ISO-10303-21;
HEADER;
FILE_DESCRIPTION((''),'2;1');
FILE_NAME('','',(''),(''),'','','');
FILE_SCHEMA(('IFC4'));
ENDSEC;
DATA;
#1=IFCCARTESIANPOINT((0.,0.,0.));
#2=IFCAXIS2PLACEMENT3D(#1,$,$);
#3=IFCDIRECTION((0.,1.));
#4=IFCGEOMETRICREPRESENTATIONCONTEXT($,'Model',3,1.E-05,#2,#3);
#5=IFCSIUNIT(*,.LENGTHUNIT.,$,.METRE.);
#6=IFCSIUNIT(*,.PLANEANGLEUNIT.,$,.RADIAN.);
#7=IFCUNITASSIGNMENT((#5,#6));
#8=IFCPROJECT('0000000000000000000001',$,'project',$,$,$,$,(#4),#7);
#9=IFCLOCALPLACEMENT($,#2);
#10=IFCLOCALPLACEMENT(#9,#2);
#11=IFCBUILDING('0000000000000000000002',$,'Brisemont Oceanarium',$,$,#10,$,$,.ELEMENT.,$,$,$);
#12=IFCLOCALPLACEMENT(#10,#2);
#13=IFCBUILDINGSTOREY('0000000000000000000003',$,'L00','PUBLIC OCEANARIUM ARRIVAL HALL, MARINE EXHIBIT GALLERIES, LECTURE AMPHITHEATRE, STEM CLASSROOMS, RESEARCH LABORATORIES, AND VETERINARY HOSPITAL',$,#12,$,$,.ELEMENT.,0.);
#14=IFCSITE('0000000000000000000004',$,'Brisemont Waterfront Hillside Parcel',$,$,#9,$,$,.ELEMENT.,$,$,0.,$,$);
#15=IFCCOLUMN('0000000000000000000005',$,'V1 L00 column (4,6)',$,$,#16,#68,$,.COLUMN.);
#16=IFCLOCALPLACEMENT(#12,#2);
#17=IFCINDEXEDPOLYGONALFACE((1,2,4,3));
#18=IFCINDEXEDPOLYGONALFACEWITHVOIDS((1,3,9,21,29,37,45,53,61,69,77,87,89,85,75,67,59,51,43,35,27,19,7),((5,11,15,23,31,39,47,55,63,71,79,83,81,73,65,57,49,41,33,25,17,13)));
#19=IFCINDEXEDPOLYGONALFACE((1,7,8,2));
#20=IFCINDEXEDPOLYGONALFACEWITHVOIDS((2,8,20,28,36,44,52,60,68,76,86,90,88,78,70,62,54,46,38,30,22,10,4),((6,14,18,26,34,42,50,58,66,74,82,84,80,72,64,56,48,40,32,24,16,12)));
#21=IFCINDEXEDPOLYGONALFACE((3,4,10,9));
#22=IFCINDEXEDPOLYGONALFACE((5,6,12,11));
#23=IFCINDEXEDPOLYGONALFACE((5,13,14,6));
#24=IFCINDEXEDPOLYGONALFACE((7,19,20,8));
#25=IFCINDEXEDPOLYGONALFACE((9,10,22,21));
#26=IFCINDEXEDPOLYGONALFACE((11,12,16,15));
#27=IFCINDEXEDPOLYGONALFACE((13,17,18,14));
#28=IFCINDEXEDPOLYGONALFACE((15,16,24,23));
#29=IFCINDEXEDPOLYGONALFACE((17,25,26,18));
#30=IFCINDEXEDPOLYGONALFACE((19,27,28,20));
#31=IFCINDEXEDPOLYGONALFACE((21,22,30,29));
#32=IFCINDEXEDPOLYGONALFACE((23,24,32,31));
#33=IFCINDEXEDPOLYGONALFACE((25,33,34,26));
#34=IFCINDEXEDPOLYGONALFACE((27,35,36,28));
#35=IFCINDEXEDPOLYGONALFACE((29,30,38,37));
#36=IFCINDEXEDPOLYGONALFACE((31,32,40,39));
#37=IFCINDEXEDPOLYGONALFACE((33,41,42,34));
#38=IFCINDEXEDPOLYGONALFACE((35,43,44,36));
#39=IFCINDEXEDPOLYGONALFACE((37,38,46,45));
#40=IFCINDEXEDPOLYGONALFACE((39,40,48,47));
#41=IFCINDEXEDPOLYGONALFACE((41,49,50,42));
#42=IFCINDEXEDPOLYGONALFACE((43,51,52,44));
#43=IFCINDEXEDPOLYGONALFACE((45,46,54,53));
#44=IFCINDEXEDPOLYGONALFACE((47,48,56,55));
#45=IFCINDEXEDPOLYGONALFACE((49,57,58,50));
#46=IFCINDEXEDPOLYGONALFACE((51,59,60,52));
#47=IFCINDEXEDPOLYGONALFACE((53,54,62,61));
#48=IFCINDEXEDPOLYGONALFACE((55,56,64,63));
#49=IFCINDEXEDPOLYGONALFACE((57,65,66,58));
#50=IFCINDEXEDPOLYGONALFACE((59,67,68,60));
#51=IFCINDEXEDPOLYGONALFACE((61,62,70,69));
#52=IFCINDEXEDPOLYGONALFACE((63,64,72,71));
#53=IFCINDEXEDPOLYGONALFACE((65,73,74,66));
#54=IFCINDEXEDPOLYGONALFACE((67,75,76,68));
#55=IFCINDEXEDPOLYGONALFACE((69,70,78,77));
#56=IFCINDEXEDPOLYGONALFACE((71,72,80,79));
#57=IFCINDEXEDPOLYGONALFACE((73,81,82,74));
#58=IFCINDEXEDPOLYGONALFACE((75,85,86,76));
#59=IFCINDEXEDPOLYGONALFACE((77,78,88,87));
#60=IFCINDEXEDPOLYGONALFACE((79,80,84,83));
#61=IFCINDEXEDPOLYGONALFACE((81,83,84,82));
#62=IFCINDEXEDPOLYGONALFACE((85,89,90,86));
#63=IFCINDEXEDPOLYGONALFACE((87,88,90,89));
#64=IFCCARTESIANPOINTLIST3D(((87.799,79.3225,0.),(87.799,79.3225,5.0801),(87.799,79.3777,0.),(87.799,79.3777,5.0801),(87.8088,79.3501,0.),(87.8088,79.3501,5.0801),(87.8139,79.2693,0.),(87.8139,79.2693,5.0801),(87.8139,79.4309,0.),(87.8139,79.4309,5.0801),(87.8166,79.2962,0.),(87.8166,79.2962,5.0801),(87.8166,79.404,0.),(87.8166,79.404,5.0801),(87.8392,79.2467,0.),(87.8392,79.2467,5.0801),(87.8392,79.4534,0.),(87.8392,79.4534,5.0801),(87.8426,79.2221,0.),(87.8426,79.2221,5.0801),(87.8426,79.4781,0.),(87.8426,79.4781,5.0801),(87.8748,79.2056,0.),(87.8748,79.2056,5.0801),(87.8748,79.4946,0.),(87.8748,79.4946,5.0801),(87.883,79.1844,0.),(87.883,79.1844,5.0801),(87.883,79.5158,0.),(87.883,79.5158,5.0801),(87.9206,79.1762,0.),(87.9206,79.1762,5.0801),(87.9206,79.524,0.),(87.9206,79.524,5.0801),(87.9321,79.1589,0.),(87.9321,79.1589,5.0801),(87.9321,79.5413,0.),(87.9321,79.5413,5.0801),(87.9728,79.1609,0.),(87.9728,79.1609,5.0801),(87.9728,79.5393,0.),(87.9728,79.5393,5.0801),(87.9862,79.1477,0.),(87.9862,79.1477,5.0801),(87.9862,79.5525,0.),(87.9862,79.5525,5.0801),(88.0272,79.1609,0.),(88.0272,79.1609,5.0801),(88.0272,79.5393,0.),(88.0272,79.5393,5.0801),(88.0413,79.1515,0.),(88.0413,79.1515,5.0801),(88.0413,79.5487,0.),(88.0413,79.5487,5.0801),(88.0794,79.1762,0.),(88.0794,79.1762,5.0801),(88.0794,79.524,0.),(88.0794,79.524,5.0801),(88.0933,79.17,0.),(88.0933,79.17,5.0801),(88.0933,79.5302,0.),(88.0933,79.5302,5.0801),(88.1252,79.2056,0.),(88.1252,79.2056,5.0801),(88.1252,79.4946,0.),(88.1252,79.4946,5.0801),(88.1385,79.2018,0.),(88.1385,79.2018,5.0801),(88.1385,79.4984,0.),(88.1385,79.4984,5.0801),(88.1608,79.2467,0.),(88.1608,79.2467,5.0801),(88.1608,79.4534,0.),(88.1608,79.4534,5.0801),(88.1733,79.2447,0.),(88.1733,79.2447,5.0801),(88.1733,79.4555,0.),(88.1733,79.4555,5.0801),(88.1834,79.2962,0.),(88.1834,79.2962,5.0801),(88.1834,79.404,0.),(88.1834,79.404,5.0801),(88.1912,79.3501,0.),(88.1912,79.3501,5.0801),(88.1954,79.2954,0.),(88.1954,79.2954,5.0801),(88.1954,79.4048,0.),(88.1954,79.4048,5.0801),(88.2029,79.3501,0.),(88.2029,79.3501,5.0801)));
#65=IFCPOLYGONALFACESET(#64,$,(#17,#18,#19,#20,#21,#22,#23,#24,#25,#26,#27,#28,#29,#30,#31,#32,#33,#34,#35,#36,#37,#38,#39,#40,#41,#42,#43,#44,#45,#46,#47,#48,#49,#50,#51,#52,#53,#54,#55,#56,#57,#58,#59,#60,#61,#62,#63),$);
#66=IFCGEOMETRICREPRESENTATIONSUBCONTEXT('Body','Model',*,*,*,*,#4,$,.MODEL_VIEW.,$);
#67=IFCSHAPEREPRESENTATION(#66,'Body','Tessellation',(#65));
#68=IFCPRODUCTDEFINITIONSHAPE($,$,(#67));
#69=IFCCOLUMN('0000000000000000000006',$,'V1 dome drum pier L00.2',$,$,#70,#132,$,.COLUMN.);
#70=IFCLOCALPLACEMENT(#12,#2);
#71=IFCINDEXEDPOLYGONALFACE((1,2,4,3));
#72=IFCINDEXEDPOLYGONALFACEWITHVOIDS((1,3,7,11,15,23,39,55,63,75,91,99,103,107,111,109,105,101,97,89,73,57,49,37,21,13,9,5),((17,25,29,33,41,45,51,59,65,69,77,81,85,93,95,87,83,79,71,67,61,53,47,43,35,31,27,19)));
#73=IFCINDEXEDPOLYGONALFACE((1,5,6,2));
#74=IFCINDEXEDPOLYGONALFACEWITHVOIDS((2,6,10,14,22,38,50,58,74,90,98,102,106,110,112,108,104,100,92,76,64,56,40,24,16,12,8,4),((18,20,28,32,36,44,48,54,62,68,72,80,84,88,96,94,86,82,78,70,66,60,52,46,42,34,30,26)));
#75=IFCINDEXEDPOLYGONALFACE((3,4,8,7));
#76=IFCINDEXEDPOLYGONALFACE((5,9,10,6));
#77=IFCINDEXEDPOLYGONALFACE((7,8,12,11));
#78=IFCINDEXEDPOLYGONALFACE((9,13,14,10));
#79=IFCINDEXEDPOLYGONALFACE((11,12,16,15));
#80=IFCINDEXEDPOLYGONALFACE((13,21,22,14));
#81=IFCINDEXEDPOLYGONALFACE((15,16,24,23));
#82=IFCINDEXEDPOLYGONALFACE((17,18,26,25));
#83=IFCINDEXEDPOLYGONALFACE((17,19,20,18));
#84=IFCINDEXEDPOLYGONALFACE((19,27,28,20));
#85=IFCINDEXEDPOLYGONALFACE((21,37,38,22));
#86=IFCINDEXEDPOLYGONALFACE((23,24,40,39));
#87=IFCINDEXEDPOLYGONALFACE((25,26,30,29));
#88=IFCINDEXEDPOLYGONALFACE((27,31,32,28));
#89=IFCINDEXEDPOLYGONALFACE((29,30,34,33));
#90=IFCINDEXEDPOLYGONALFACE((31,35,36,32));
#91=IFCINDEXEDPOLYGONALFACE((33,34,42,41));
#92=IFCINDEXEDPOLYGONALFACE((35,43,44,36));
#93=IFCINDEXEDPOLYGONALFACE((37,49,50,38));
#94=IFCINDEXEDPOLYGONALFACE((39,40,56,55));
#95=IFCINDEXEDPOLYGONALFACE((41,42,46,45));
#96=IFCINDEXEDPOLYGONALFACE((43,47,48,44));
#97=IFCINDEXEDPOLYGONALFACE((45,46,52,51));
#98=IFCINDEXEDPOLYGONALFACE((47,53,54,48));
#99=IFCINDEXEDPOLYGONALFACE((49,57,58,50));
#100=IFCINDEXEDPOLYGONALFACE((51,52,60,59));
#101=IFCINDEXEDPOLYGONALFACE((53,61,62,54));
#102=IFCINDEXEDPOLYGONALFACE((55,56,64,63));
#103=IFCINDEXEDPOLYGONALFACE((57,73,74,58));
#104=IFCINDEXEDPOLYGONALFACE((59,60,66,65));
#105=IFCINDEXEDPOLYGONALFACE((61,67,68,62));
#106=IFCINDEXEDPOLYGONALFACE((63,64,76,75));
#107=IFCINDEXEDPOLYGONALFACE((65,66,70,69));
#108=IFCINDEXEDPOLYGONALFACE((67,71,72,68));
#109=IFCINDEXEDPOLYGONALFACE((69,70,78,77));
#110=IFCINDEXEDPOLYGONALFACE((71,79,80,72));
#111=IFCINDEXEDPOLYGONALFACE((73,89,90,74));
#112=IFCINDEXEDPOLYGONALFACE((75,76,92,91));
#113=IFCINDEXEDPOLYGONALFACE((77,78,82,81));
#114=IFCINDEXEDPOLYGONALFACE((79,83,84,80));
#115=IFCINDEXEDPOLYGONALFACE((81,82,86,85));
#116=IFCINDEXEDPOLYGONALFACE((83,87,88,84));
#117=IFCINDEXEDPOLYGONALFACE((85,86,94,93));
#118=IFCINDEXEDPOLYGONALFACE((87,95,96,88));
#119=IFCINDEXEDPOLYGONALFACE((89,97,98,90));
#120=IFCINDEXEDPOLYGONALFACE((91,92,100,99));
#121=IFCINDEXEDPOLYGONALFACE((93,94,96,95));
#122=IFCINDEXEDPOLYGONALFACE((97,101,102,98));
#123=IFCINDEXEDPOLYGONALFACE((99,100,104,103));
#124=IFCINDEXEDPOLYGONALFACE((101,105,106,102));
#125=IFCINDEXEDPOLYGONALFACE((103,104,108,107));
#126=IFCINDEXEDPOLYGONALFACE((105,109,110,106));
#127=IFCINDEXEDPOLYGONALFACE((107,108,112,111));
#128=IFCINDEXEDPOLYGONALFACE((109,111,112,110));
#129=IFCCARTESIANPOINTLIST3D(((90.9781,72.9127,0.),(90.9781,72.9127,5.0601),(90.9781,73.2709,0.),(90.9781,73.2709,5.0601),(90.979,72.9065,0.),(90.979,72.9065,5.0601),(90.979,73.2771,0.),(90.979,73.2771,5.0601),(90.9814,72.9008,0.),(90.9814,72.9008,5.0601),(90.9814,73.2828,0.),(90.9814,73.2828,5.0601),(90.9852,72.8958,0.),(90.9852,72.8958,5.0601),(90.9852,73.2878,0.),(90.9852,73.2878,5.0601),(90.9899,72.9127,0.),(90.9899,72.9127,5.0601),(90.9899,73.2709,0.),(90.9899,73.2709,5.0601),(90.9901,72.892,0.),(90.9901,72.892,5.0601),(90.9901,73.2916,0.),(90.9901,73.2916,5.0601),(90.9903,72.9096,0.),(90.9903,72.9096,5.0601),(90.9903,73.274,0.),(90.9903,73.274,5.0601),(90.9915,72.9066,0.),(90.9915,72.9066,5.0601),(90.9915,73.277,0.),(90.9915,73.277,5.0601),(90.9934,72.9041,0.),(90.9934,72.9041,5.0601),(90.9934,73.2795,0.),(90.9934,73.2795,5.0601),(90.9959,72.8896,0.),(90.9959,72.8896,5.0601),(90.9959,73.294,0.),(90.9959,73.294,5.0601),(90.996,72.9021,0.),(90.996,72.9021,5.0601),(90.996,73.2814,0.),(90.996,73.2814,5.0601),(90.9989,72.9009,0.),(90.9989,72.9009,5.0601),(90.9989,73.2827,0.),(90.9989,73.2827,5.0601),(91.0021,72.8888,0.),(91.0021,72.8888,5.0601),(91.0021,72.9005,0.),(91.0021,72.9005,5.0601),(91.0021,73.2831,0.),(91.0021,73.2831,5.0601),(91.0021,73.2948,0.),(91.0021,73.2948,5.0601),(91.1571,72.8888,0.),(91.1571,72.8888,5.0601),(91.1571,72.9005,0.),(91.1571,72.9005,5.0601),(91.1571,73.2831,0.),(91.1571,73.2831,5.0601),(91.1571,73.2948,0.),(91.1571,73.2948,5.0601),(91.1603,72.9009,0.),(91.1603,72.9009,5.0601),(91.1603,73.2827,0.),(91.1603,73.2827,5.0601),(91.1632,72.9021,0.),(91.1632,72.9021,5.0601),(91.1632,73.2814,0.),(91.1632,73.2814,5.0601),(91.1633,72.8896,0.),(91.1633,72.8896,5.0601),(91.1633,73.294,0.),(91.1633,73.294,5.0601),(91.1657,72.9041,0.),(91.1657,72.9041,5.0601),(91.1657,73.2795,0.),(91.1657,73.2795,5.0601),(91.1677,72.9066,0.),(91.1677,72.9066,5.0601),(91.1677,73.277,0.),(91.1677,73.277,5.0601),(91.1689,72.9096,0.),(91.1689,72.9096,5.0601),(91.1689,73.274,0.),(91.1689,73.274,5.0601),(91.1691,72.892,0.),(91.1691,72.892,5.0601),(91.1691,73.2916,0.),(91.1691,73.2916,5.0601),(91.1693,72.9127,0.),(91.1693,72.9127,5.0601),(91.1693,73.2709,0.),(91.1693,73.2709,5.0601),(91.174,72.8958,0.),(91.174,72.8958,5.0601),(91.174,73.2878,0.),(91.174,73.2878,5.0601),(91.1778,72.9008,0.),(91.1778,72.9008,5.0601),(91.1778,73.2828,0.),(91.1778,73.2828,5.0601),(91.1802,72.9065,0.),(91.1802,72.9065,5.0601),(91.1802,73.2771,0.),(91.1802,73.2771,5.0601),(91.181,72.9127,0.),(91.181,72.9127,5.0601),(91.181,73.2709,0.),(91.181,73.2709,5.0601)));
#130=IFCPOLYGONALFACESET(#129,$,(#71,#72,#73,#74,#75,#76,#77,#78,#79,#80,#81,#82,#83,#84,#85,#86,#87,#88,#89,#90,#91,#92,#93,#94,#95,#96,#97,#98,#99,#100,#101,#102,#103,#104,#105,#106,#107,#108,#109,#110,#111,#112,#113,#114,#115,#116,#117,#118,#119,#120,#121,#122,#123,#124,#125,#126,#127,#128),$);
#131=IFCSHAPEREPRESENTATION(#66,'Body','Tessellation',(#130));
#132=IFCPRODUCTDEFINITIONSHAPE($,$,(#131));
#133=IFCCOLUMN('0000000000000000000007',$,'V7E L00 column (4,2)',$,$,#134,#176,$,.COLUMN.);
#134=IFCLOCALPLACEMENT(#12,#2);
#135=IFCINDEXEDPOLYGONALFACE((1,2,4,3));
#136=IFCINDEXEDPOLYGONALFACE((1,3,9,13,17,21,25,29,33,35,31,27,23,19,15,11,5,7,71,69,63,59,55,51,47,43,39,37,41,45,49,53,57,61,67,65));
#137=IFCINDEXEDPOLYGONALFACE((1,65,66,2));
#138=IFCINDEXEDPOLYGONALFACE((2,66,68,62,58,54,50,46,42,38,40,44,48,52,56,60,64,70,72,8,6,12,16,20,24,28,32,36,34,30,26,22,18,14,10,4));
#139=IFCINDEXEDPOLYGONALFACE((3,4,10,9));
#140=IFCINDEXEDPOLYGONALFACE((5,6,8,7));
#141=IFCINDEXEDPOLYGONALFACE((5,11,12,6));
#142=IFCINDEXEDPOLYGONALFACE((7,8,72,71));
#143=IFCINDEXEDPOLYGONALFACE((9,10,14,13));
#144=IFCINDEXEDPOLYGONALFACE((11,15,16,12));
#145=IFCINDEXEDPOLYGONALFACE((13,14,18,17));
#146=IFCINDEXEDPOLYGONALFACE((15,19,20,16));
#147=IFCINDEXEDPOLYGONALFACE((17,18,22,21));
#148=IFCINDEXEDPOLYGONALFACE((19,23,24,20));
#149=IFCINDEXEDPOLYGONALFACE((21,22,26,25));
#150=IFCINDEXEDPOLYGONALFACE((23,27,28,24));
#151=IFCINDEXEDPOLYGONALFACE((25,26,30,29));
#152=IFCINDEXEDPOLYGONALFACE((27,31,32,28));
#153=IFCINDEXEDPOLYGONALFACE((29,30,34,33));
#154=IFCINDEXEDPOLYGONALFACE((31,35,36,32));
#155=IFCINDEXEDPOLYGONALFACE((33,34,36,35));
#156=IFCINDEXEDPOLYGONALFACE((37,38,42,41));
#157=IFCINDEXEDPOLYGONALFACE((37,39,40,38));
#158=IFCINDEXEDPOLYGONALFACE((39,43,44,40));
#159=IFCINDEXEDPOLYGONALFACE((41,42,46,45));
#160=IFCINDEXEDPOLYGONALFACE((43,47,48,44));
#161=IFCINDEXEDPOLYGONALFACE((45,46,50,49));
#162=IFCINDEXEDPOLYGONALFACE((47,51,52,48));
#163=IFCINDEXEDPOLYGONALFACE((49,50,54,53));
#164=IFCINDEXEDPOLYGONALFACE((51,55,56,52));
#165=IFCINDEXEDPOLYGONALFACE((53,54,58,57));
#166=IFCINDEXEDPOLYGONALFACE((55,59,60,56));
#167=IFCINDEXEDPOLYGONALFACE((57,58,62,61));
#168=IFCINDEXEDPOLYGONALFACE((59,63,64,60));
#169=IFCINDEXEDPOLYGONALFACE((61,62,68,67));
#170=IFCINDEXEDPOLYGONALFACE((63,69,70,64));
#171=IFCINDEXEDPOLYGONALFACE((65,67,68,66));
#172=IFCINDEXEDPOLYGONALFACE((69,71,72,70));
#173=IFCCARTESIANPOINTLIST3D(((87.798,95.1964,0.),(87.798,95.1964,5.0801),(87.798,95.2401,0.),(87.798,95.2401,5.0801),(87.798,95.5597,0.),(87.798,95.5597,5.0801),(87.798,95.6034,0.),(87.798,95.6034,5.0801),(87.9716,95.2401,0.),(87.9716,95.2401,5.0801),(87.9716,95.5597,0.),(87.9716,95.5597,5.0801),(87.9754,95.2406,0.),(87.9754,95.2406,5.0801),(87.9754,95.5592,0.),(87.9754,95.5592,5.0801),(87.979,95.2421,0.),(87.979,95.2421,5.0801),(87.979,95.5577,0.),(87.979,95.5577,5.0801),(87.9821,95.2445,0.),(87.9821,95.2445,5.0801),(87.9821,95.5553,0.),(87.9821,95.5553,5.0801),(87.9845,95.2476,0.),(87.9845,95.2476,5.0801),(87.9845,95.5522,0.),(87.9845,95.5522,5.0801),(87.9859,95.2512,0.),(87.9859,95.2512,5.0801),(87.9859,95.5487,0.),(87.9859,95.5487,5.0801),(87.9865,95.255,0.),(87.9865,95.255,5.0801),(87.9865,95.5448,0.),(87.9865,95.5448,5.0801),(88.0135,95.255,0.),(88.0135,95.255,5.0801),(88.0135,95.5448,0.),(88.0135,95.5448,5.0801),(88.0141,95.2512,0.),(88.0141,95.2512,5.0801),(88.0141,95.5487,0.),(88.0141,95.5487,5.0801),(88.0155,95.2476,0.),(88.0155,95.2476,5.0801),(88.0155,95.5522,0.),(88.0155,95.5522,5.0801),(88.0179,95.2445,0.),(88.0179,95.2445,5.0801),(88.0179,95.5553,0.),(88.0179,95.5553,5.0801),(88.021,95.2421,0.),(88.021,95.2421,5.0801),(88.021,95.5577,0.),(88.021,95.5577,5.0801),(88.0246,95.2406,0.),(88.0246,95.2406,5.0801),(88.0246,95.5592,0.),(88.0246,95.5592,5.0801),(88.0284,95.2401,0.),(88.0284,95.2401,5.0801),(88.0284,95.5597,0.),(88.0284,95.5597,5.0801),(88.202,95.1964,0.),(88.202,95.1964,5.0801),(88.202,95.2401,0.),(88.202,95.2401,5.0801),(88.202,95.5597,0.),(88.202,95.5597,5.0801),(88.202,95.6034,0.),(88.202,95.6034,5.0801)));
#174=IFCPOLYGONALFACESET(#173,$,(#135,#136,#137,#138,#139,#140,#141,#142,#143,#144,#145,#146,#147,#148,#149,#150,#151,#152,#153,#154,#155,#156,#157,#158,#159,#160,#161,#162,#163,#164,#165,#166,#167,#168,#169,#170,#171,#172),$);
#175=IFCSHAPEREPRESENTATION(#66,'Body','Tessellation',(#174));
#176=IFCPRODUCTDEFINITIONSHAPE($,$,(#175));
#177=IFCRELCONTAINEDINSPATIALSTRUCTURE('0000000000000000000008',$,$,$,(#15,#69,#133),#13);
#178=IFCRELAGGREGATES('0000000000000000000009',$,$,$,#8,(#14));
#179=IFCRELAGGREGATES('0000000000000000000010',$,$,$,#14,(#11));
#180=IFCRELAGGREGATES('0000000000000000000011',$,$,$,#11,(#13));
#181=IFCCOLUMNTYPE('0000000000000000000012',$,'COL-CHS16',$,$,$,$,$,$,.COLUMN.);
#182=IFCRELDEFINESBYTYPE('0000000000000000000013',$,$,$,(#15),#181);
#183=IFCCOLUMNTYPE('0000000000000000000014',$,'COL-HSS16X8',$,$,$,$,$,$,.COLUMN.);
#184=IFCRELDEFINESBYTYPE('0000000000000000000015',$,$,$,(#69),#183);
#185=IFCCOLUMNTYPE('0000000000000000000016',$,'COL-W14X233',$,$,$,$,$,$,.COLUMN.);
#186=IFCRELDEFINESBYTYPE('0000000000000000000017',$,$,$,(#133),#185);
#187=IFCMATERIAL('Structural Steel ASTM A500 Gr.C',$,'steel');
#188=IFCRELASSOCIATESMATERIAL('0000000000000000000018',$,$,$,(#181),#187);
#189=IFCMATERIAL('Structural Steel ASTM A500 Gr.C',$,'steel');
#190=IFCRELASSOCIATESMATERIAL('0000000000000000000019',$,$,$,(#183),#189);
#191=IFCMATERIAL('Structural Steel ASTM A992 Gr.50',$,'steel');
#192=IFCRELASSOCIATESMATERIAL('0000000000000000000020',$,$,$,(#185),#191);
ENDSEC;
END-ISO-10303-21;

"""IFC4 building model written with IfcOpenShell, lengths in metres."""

from ifc_helpers import new_model, si_unit, direction, frame, origin, origin_2d, place, context, subcontext, project, spatial, hollow_rectangle, hollow_circle, i_section, extrude, material, material_profile, profile_set, type_object, element, save


model = new_model("IFC4")

# Units and contexts
model_context = context("Model", 3, precision=1e-05, world=origin(), true_north=direction((0.0, 1.0)))
body_context = subcontext(model_context, "Body", "Model", "MODEL_VIEW")
ifc_project = project(units=[si_unit("LENGTHUNIT", "METRE"), si_unit("PLANEANGLEUNIT", "RADIAN")], contexts=[model_context])

# Site, building, storey
site_placement = place(None, origin())
site = spatial("IfcSite", under=ifc_project, at=site_placement, Name="Brisemont Waterfront Hillside Parcel", CompositionType="ELEMENT", RefElevation=0.0)
building_placement = place(site_placement, origin())
building = spatial("IfcBuilding", under=site, at=building_placement, Name="Brisemont Oceanarium", CompositionType="ELEMENT")
storey_placement = place(building_placement, origin())
storey = spatial("IfcBuildingStorey", under=building, at=storey_placement, Name="L00", Description="PUBLIC OCEANARIUM ARRIVAL HALL, MARINE EXHIBIT GALLERIES, LECTURE AMPHITHEATRE, STEM CLASSROOMS, RESEARCH LABORATORIES, AND VETERINARY HOSPITAL", CompositionType="ELEMENT", Elevation=0.0)

# Columns
ifc_material_1 = material(Name="Structural Steel ASTM A500 Gr.C", Category="steel")
ifc_material_profile_1 = material_profile(ifc_material_1, hollow_circle(Radius=0.2029, WallThickness=0.0117, at=origin_2d()), Name="HSS16.000X0.500")
ifc_profile_set_1 = profile_set([ifc_material_profile_1], Name="Structural Steel ASTM A500 Gr.C")
column_type_1 = type_object("IfcColumnType", Name="COL-CHS16", PredefinedType="COLUMN", material=ifc_profile_set_1)
column_1_placement = place(storey_placement, frame((88.0, 79.3501, 0.0), z_axis=(0.0, 0.0, 1.0), x_axis=(1.0, 0.0, 0.0)))
element("IfcColumn", 1, at=column_1_placement, inside=storey, type_object=column_type_1, Name="V1 L00 column (4,6)", PredefinedType="COLUMN", context=body_context, shape_type="SweptSolid", body=[
    extrude(hollow_circle(Radius=0.2029, WallThickness=0.0117, at=origin_2d()), origin(), (0.0, 0.0, 1.0), 5.0801),
])
ifc_material_2 = material(Name="Structural Steel ASTM A500 Gr.C", Category="steel")
ifc_material_profile_2 = material_profile(ifc_material_2, hollow_rectangle(XDim=0.2029, YDim=0.406, WallThickness=0.0117, InnerFilletRadius=0.0122, OuterFilletRadius=0.0239, at=origin_2d()), Name="HSS16X8X1/2")
ifc_profile_set_2 = profile_set([ifc_material_profile_2], Name="Structural Steel ASTM A500 Gr.C")
column_type_2 = type_object("IfcColumnType", Name="COL-HSS16X8", PredefinedType="COLUMN", material=ifc_profile_set_2)
column_2_placement = place(storey_placement, frame((91.0796, 73.0918, 0.0), z_axis=(0.0, 0.0, 1.0), x_axis=(1.0, 0.0, 0.0)))
element("IfcColumn", 2, at=column_2_placement, inside=storey, type_object=column_type_2, Name="V1 dome drum pier L00.2", PredefinedType="COLUMN", context=body_context, shape_type="SweptSolid", body=[
    extrude(hollow_rectangle(XDim=0.2029, YDim=0.406, WallThickness=0.0117, InnerFilletRadius=0.0122, OuterFilletRadius=0.0239, at=origin_2d()), origin(), (0.0, 0.0, 1.0), 5.0601),
])
ifc_material_3 = material(Name="Structural Steel ASTM A992 Gr.50", Category="steel")
ifc_material_profile_3 = material_profile(ifc_material_3, i_section(OverallWidth=0.4041, OverallDepth=0.407, WebThickness=0.0271, FlangeThickness=0.0437, FilletRadius=0.0149, at=origin_2d()), Name="W14X233")
ifc_profile_set_3 = profile_set([ifc_material_profile_3], Name="Structural Steel ASTM A992 Gr.50")
column_type_3 = type_object("IfcColumnType", Name="COL-W14X233", PredefinedType="COLUMN", material=ifc_profile_set_3)
column_3_placement = place(storey_placement, frame((88.0, 95.3999, 0.0), z_axis=(0.0, 0.0, 1.0), x_axis=(1.0, 0.0, 0.0)))
element("IfcColumn", 3, at=column_3_placement, inside=storey, type_object=column_type_3, Name="V7E L00 column (4,2)", PredefinedType="COLUMN", context=body_context, shape_type="SweptSolid", body=[
    extrude(i_section(OverallWidth=0.4041, OverallDepth=0.407, WebThickness=0.0271, FlangeThickness=0.0437, FilletRadius=0.0149, at=origin_2d()), origin(), (0.0, 0.0, 1.0), 5.0801),
])

save(model, "model.ifc")
